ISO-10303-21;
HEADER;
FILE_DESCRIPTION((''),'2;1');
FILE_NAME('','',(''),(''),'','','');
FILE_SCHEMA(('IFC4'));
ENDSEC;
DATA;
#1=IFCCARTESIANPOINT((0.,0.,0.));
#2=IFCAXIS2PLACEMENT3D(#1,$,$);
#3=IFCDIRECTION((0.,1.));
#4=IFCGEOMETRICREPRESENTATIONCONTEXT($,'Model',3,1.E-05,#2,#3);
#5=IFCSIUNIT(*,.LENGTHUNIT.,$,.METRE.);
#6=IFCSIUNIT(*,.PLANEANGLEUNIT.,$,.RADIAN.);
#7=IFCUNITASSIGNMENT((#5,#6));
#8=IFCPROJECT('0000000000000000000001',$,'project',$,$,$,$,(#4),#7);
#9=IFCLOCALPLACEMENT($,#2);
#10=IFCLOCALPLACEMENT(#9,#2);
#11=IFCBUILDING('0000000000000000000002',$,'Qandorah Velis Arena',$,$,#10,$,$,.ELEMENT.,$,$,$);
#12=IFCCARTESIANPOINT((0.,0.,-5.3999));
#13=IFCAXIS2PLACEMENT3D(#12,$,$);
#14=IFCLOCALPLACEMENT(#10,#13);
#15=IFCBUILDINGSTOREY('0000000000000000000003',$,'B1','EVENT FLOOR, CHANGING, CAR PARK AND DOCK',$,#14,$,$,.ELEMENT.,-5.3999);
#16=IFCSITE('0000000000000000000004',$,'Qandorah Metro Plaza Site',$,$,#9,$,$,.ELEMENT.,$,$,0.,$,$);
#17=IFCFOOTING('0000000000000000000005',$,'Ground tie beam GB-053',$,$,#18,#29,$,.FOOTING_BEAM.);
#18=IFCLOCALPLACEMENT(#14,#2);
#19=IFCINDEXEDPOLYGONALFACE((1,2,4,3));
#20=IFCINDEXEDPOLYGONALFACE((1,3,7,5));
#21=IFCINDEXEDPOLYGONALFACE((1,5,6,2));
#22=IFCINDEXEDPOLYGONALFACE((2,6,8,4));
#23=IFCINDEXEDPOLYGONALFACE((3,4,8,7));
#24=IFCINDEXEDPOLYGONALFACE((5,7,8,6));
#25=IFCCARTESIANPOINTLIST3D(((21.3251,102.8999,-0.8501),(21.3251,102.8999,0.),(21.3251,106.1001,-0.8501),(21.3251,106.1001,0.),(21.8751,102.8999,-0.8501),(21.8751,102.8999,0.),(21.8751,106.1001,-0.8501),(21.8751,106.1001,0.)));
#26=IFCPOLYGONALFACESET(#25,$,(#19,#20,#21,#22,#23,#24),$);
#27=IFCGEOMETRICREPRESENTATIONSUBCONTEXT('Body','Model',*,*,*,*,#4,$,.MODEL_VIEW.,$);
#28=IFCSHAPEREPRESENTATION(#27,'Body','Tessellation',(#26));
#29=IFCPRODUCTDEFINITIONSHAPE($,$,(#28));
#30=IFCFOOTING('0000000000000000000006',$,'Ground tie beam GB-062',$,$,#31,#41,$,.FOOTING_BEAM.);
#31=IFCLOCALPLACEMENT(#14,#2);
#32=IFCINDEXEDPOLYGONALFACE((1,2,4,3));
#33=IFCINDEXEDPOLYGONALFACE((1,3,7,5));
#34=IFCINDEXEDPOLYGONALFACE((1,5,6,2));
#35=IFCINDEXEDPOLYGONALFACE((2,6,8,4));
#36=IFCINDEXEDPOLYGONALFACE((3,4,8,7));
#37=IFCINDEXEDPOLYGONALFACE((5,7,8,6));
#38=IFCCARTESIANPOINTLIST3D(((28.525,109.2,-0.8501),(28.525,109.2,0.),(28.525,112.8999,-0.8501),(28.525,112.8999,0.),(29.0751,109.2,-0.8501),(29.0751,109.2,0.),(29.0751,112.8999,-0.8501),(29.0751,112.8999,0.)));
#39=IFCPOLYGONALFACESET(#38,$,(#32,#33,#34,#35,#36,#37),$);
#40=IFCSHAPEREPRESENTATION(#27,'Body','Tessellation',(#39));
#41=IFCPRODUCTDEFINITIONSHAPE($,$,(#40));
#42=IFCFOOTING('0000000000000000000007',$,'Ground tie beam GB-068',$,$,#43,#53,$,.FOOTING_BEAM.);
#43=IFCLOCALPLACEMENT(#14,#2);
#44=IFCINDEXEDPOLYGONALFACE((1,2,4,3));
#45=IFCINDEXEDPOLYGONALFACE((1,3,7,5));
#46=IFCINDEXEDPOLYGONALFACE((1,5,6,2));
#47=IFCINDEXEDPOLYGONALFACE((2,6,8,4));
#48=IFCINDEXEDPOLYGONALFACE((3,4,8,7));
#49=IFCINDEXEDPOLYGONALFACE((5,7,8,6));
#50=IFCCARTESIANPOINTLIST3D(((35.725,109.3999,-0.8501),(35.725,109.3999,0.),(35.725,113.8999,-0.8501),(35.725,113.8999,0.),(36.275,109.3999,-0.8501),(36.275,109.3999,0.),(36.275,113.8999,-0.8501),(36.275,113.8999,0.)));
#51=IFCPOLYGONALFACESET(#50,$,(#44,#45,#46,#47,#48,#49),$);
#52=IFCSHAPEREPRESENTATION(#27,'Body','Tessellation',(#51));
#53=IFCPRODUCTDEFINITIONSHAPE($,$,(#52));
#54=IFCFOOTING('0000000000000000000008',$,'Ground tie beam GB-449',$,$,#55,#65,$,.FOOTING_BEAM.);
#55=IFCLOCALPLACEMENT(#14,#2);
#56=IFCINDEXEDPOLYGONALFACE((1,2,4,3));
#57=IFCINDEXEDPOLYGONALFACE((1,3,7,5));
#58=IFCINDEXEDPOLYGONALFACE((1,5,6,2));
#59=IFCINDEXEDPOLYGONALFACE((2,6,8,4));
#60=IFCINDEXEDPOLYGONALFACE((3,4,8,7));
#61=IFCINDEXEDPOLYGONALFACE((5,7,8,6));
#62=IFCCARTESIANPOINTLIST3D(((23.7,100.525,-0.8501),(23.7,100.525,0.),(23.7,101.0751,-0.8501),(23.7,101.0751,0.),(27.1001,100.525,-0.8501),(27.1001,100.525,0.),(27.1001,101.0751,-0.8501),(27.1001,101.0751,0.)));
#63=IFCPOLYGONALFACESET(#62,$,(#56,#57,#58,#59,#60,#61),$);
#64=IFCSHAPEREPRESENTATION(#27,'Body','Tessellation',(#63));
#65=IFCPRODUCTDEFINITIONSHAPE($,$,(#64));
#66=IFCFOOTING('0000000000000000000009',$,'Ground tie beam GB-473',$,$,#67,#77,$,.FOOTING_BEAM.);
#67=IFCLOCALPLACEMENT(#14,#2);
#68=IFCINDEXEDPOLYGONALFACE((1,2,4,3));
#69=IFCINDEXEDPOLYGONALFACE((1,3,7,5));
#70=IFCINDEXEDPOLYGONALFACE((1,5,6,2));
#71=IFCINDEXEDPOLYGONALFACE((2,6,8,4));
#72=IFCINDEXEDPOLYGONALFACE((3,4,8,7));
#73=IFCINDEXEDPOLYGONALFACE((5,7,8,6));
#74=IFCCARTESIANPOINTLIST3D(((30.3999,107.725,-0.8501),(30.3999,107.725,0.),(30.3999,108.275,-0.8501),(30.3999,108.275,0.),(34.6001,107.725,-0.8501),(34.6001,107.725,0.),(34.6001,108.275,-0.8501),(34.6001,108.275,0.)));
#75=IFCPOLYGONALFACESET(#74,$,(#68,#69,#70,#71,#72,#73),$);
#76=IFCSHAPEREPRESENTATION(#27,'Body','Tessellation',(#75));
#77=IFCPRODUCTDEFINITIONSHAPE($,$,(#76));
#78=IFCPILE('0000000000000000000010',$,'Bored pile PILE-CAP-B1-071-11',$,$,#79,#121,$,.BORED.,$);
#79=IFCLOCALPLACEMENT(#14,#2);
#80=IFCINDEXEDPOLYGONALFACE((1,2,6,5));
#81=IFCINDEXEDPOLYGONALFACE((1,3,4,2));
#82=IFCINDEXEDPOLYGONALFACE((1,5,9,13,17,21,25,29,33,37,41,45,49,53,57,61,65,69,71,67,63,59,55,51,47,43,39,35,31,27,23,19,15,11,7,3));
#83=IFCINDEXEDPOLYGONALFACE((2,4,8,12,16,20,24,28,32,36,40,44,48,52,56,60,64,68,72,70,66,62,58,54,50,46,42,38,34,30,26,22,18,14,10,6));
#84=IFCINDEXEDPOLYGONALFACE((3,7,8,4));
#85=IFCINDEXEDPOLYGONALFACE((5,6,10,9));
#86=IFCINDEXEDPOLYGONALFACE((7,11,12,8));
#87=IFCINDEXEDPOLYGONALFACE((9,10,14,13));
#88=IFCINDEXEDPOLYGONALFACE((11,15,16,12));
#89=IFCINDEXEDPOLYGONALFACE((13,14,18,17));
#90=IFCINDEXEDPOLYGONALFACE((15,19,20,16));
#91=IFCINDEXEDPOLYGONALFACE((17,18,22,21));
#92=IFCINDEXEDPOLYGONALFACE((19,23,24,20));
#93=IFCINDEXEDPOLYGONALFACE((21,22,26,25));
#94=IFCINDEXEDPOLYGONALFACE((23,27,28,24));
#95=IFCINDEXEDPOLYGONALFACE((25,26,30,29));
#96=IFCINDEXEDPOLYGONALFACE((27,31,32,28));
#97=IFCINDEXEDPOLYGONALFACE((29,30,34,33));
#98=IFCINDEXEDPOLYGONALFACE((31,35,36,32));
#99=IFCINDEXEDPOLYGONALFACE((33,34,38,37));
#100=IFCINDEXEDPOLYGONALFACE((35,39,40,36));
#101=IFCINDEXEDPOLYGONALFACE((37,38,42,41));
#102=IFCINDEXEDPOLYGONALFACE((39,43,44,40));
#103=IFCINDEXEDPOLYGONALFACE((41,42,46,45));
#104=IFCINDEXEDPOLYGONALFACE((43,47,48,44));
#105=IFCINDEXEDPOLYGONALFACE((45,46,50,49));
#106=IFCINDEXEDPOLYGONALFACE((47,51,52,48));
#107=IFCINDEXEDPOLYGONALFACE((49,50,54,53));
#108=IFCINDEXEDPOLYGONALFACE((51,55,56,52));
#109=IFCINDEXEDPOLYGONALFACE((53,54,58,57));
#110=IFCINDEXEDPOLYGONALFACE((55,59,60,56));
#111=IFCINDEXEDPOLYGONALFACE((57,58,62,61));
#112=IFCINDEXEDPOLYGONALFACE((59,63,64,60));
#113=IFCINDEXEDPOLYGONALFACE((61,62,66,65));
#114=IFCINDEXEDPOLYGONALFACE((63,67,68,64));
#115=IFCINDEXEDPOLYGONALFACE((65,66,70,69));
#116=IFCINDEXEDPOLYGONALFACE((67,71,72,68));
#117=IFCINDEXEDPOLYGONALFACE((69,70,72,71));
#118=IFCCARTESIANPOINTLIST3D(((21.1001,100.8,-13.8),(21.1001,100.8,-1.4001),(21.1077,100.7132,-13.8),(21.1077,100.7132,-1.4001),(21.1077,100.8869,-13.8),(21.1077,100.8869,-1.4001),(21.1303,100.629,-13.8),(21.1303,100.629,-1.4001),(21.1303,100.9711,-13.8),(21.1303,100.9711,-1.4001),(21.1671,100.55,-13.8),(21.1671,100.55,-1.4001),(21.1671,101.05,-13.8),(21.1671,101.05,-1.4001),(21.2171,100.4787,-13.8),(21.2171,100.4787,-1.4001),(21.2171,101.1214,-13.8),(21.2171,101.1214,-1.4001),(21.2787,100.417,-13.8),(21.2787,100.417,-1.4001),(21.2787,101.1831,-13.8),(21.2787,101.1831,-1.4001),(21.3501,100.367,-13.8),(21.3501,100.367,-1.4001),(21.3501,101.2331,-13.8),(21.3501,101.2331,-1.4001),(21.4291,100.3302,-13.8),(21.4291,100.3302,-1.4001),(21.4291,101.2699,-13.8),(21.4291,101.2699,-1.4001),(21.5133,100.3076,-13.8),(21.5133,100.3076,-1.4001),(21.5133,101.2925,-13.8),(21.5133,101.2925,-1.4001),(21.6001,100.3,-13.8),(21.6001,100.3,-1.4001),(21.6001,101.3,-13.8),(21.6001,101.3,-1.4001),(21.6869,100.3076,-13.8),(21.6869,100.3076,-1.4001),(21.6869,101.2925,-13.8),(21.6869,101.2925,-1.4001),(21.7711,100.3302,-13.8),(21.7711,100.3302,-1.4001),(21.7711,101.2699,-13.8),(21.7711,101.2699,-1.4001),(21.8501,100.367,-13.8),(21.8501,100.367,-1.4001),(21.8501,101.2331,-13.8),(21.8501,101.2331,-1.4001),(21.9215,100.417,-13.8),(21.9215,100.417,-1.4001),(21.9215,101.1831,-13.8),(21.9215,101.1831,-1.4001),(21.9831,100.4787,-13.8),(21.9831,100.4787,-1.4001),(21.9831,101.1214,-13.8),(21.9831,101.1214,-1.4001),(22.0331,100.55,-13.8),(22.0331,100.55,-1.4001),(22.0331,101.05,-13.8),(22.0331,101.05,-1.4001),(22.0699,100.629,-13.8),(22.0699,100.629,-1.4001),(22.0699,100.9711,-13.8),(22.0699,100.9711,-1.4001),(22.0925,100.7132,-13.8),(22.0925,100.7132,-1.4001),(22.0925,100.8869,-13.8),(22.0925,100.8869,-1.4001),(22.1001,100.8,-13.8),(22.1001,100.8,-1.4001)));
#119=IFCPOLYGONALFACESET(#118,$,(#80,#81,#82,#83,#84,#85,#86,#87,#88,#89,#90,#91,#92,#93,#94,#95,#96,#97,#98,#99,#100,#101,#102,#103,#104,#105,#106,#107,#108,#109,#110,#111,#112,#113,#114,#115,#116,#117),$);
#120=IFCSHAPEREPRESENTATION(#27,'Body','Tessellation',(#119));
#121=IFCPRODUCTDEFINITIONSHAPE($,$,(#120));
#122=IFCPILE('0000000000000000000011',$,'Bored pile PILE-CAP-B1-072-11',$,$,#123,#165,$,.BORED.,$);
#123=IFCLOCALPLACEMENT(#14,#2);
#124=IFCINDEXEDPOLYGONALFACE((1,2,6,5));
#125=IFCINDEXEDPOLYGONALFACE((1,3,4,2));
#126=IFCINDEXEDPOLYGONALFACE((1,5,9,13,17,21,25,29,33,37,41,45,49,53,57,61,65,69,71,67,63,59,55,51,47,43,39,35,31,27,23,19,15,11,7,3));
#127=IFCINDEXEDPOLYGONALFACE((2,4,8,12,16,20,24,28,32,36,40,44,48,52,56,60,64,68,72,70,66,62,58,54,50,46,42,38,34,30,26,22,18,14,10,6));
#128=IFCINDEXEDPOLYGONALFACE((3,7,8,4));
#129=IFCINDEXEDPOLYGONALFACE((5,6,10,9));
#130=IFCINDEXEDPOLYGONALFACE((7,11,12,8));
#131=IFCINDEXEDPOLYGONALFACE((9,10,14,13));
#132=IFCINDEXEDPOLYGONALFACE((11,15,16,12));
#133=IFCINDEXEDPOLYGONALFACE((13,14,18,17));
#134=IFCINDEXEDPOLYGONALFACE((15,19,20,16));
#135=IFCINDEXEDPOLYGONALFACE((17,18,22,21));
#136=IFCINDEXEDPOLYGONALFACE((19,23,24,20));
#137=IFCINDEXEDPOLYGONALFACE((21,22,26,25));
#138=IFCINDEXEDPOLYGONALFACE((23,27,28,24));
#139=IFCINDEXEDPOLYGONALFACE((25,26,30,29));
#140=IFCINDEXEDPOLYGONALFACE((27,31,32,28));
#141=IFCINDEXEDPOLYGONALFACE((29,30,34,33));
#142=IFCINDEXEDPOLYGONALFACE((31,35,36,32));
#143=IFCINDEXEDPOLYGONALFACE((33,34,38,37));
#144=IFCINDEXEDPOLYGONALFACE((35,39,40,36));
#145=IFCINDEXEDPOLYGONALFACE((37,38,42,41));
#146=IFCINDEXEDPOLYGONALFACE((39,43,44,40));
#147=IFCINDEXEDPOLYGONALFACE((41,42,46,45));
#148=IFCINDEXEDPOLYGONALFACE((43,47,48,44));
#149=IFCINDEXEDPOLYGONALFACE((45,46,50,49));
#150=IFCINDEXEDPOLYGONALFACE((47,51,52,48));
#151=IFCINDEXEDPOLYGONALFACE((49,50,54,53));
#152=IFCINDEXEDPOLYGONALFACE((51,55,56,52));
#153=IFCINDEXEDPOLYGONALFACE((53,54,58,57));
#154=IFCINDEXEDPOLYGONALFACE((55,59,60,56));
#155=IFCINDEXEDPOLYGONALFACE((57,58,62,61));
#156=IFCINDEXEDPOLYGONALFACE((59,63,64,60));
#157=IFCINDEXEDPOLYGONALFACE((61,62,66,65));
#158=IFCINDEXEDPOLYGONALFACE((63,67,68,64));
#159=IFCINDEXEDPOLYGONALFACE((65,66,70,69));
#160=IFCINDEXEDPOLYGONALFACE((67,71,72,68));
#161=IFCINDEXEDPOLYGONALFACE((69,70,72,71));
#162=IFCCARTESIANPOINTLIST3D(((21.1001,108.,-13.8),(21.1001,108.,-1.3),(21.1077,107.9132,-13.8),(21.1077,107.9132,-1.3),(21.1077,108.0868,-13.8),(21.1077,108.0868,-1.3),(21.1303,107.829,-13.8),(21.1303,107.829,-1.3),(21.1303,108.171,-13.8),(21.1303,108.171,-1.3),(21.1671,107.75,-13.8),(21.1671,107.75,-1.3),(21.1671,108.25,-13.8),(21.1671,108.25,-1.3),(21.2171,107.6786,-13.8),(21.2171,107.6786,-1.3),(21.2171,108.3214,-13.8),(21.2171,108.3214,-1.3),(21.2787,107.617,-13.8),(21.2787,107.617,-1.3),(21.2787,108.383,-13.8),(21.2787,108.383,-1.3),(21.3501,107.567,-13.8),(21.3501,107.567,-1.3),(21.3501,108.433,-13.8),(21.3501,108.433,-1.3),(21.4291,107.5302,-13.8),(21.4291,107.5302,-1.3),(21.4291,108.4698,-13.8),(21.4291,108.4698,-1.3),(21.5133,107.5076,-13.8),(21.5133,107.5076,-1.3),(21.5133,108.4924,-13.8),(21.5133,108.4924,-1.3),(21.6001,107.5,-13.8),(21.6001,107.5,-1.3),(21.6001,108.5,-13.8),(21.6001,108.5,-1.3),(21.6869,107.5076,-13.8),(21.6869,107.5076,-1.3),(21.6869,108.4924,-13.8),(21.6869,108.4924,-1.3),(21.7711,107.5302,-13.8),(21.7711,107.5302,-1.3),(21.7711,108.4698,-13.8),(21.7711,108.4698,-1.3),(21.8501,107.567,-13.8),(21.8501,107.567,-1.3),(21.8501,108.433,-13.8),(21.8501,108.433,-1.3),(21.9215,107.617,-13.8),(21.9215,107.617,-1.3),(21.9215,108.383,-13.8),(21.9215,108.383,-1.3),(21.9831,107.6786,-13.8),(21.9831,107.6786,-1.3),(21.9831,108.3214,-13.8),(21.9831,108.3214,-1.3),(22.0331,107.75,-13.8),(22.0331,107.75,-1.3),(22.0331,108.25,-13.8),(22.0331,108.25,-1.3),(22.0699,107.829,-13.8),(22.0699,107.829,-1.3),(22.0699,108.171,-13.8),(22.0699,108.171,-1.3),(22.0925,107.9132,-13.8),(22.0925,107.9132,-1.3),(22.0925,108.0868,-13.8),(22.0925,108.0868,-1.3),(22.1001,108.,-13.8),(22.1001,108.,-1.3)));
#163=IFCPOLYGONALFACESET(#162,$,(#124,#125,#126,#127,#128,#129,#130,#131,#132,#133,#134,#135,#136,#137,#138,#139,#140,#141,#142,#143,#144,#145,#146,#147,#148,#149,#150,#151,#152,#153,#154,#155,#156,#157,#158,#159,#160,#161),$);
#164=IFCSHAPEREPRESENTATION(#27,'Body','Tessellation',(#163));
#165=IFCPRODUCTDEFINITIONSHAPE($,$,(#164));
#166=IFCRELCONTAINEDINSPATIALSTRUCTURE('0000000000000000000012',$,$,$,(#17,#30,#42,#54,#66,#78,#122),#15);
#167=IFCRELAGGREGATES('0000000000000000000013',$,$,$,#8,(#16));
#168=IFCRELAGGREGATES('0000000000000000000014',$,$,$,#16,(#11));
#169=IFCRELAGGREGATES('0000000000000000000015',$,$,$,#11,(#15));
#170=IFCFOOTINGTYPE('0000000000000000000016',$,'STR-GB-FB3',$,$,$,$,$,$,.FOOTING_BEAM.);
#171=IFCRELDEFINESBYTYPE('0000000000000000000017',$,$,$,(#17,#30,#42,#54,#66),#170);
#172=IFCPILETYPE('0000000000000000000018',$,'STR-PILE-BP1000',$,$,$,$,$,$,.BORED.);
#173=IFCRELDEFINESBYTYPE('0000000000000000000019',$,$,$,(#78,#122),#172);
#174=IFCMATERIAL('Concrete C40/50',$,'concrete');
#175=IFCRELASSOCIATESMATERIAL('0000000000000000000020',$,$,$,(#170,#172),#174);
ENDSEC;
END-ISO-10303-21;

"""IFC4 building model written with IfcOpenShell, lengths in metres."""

from ifc_helpers import new_model, si_unit, direction, frame, origin, origin_2d, place, context, subcontext, project, spatial, rectangle, circle, extrude, material, material_profile, profile_set, type_object, element, save


model = new_model("IFC4")

# Units and contexts
model_context = context("Model", 3, precision=1e-05, world=origin(), true_north=direction((0.0, 1.0)))
body_context = subcontext(model_context, "Body", "Model", "MODEL_VIEW")
ifc_project = project(units=[si_unit("LENGTHUNIT", "METRE"), si_unit("PLANEANGLEUNIT", "RADIAN")], contexts=[model_context])

# Site, building, storey
site_placement = place(None, origin())
site = spatial("IfcSite", under=ifc_project, at=site_placement, Name="Qandorah Metro Plaza Site", CompositionType="ELEMENT", RefElevation=0.0)
building_placement = place(site_placement, origin())
building = spatial("IfcBuilding", under=site, at=building_placement, Name="Qandorah Velis Arena", CompositionType="ELEMENT")
storey_placement = place(building_placement, frame((0.0, 0.0, -5.3999)))
storey = spatial("IfcBuildingStorey", under=building, at=storey_placement, Name="B1", Description="EVENT FLOOR, CHANGING, CAR PARK AND DOCK", CompositionType="ELEMENT", Elevation=-5.3999)

# Footings
ifc_material = material(Name="Concrete C40/50", Category="concrete")
ifc_material_profile_1 = material_profile(ifc_material, rectangle(XDim=0.55, YDim=0.8501, at=origin_2d()), Name="GB3 550x850")
ifc_profile_set_1 = profile_set([ifc_material_profile_1], Name="Concrete C40/50")
footing_type_1 = type_object("IfcFootingType", Name="STR-GB-FB3", PredefinedType="FOOTING_BEAM", material=ifc_profile_set_1)
footing_1_placement = place(storey_placement, frame((21.6001, 102.8999, -0.425), z_axis=(0.0, 1.0, 0.0), x_axis=(-1.0, 0.0, 0.0)))
element("IfcFooting", 1, at=footing_1_placement, inside=storey, type_object=footing_type_1, Name="Ground tie beam GB-053", PredefinedType="FOOTING_BEAM", context=body_context, shape_type="SweptSolid", body=[
    extrude(rectangle(XDim=0.55, YDim=0.8501, at=origin_2d()), origin(), (0.0, 0.0, 1.0), 3.2002),
])
footing_2_placement = place(storey_placement, frame((28.8, 109.2, -0.425), z_axis=(0.0, 1.0, 0.0), x_axis=(-1.0, 0.0, 0.0)))
element("IfcFooting", 2, at=footing_2_placement, inside=storey, type_object=footing_type_1, Name="Ground tie beam GB-062", PredefinedType="FOOTING_BEAM", context=body_context, shape_type="SweptSolid", body=[
    extrude(rectangle(XDim=0.55, YDim=0.8501, at=origin_2d()), origin(), (0.0, 0.0, 1.0), 3.7),
])
footing_3_placement = place(storey_placement, frame((36.0, 109.3999, -0.425), z_axis=(0.0, 1.0, 0.0), x_axis=(-1.0, 0.0, 0.0)))
element("IfcFooting", 3, at=footing_3_placement, inside=storey, type_object=footing_type_1, Name="Ground tie beam GB-068", PredefinedType="FOOTING_BEAM", context=body_context, shape_type="SweptSolid", body=[
    extrude(rectangle(XDim=0.55, YDim=0.8501, at=origin_2d()), origin(), (0.0, 0.0, 1.0), 4.5),
])
footing_4_placement = place(storey_placement, frame((23.7, 100.8, -0.425), z_axis=(1.0, 0.0, 0.0), x_axis=(0.0, 1.0, 0.0)))
element("IfcFooting", 4, at=footing_4_placement, inside=storey, type_object=footing_type_1, Name="Ground tie beam GB-449", PredefinedType="FOOTING_BEAM", context=body_context, shape_type="SweptSolid", body=[
    extrude(rectangle(XDim=0.55, YDim=0.8501, at=origin_2d()), origin(), (0.0, 0.0, 1.0), 3.4001),
])
footing_5_placement = place(storey_placement, frame((30.3999, 108.0, -0.425), z_axis=(1.0, 0.0, 0.0), x_axis=(0.0, 1.0, 0.0)))
element("IfcFooting", 5, at=footing_5_placement, inside=storey, type_object=footing_type_1, Name="Ground tie beam GB-473", PredefinedType="FOOTING_BEAM", context=body_context, shape_type="SweptSolid", body=[
    extrude(rectangle(XDim=0.55, YDim=0.8501, at=origin_2d()), origin(), (0.0, 0.0, 1.0), 4.2002),
])

# Piles
ifc_material_profile_2 = material_profile(ifc_material, circle(Radius=0.5, at=origin_2d()), Name="BORED PILE D1000")
ifc_profile_set_2 = profile_set([ifc_material_profile_2], Name="Concrete C40/50")
pile_type_1 = type_object("IfcPileType", Name="STR-PILE-BP1000", PredefinedType="BORED", material=ifc_profile_set_2)
pile_1_placement = place(storey_placement, frame((21.6001, 100.8, -1.4001), z_axis=(0.0, 0.0, -1.0), x_axis=(1.0, 0.0, 0.0)))
element("IfcPile", 6, at=pile_1_placement, inside=storey, type_object=pile_type_1, Name="Bored pile PILE-CAP-B1-071-11", PredefinedType="BORED", context=body_context, shape_type="SweptSolid", body=[
    extrude(circle(Radius=0.5, at=origin_2d()), origin(), (0.0, 0.0, 1.0), 12.3999),
])
pile_2_placement = place(storey_placement, frame((21.6001, 108.0, -1.3), z_axis=(0.0, 0.0, -1.0), x_axis=(1.0, 0.0, 0.0)))
element("IfcPile", 7, at=pile_2_placement, inside=storey, type_object=pile_type_1, Name="Bored pile PILE-CAP-B1-072-11", PredefinedType="BORED", context=body_context, shape_type="SweptSolid", body=[
    extrude(circle(Radius=0.5, at=origin_2d()), origin(), (0.0, 0.0, 1.0), 12.5),
])

save(model, "model.ifc")
